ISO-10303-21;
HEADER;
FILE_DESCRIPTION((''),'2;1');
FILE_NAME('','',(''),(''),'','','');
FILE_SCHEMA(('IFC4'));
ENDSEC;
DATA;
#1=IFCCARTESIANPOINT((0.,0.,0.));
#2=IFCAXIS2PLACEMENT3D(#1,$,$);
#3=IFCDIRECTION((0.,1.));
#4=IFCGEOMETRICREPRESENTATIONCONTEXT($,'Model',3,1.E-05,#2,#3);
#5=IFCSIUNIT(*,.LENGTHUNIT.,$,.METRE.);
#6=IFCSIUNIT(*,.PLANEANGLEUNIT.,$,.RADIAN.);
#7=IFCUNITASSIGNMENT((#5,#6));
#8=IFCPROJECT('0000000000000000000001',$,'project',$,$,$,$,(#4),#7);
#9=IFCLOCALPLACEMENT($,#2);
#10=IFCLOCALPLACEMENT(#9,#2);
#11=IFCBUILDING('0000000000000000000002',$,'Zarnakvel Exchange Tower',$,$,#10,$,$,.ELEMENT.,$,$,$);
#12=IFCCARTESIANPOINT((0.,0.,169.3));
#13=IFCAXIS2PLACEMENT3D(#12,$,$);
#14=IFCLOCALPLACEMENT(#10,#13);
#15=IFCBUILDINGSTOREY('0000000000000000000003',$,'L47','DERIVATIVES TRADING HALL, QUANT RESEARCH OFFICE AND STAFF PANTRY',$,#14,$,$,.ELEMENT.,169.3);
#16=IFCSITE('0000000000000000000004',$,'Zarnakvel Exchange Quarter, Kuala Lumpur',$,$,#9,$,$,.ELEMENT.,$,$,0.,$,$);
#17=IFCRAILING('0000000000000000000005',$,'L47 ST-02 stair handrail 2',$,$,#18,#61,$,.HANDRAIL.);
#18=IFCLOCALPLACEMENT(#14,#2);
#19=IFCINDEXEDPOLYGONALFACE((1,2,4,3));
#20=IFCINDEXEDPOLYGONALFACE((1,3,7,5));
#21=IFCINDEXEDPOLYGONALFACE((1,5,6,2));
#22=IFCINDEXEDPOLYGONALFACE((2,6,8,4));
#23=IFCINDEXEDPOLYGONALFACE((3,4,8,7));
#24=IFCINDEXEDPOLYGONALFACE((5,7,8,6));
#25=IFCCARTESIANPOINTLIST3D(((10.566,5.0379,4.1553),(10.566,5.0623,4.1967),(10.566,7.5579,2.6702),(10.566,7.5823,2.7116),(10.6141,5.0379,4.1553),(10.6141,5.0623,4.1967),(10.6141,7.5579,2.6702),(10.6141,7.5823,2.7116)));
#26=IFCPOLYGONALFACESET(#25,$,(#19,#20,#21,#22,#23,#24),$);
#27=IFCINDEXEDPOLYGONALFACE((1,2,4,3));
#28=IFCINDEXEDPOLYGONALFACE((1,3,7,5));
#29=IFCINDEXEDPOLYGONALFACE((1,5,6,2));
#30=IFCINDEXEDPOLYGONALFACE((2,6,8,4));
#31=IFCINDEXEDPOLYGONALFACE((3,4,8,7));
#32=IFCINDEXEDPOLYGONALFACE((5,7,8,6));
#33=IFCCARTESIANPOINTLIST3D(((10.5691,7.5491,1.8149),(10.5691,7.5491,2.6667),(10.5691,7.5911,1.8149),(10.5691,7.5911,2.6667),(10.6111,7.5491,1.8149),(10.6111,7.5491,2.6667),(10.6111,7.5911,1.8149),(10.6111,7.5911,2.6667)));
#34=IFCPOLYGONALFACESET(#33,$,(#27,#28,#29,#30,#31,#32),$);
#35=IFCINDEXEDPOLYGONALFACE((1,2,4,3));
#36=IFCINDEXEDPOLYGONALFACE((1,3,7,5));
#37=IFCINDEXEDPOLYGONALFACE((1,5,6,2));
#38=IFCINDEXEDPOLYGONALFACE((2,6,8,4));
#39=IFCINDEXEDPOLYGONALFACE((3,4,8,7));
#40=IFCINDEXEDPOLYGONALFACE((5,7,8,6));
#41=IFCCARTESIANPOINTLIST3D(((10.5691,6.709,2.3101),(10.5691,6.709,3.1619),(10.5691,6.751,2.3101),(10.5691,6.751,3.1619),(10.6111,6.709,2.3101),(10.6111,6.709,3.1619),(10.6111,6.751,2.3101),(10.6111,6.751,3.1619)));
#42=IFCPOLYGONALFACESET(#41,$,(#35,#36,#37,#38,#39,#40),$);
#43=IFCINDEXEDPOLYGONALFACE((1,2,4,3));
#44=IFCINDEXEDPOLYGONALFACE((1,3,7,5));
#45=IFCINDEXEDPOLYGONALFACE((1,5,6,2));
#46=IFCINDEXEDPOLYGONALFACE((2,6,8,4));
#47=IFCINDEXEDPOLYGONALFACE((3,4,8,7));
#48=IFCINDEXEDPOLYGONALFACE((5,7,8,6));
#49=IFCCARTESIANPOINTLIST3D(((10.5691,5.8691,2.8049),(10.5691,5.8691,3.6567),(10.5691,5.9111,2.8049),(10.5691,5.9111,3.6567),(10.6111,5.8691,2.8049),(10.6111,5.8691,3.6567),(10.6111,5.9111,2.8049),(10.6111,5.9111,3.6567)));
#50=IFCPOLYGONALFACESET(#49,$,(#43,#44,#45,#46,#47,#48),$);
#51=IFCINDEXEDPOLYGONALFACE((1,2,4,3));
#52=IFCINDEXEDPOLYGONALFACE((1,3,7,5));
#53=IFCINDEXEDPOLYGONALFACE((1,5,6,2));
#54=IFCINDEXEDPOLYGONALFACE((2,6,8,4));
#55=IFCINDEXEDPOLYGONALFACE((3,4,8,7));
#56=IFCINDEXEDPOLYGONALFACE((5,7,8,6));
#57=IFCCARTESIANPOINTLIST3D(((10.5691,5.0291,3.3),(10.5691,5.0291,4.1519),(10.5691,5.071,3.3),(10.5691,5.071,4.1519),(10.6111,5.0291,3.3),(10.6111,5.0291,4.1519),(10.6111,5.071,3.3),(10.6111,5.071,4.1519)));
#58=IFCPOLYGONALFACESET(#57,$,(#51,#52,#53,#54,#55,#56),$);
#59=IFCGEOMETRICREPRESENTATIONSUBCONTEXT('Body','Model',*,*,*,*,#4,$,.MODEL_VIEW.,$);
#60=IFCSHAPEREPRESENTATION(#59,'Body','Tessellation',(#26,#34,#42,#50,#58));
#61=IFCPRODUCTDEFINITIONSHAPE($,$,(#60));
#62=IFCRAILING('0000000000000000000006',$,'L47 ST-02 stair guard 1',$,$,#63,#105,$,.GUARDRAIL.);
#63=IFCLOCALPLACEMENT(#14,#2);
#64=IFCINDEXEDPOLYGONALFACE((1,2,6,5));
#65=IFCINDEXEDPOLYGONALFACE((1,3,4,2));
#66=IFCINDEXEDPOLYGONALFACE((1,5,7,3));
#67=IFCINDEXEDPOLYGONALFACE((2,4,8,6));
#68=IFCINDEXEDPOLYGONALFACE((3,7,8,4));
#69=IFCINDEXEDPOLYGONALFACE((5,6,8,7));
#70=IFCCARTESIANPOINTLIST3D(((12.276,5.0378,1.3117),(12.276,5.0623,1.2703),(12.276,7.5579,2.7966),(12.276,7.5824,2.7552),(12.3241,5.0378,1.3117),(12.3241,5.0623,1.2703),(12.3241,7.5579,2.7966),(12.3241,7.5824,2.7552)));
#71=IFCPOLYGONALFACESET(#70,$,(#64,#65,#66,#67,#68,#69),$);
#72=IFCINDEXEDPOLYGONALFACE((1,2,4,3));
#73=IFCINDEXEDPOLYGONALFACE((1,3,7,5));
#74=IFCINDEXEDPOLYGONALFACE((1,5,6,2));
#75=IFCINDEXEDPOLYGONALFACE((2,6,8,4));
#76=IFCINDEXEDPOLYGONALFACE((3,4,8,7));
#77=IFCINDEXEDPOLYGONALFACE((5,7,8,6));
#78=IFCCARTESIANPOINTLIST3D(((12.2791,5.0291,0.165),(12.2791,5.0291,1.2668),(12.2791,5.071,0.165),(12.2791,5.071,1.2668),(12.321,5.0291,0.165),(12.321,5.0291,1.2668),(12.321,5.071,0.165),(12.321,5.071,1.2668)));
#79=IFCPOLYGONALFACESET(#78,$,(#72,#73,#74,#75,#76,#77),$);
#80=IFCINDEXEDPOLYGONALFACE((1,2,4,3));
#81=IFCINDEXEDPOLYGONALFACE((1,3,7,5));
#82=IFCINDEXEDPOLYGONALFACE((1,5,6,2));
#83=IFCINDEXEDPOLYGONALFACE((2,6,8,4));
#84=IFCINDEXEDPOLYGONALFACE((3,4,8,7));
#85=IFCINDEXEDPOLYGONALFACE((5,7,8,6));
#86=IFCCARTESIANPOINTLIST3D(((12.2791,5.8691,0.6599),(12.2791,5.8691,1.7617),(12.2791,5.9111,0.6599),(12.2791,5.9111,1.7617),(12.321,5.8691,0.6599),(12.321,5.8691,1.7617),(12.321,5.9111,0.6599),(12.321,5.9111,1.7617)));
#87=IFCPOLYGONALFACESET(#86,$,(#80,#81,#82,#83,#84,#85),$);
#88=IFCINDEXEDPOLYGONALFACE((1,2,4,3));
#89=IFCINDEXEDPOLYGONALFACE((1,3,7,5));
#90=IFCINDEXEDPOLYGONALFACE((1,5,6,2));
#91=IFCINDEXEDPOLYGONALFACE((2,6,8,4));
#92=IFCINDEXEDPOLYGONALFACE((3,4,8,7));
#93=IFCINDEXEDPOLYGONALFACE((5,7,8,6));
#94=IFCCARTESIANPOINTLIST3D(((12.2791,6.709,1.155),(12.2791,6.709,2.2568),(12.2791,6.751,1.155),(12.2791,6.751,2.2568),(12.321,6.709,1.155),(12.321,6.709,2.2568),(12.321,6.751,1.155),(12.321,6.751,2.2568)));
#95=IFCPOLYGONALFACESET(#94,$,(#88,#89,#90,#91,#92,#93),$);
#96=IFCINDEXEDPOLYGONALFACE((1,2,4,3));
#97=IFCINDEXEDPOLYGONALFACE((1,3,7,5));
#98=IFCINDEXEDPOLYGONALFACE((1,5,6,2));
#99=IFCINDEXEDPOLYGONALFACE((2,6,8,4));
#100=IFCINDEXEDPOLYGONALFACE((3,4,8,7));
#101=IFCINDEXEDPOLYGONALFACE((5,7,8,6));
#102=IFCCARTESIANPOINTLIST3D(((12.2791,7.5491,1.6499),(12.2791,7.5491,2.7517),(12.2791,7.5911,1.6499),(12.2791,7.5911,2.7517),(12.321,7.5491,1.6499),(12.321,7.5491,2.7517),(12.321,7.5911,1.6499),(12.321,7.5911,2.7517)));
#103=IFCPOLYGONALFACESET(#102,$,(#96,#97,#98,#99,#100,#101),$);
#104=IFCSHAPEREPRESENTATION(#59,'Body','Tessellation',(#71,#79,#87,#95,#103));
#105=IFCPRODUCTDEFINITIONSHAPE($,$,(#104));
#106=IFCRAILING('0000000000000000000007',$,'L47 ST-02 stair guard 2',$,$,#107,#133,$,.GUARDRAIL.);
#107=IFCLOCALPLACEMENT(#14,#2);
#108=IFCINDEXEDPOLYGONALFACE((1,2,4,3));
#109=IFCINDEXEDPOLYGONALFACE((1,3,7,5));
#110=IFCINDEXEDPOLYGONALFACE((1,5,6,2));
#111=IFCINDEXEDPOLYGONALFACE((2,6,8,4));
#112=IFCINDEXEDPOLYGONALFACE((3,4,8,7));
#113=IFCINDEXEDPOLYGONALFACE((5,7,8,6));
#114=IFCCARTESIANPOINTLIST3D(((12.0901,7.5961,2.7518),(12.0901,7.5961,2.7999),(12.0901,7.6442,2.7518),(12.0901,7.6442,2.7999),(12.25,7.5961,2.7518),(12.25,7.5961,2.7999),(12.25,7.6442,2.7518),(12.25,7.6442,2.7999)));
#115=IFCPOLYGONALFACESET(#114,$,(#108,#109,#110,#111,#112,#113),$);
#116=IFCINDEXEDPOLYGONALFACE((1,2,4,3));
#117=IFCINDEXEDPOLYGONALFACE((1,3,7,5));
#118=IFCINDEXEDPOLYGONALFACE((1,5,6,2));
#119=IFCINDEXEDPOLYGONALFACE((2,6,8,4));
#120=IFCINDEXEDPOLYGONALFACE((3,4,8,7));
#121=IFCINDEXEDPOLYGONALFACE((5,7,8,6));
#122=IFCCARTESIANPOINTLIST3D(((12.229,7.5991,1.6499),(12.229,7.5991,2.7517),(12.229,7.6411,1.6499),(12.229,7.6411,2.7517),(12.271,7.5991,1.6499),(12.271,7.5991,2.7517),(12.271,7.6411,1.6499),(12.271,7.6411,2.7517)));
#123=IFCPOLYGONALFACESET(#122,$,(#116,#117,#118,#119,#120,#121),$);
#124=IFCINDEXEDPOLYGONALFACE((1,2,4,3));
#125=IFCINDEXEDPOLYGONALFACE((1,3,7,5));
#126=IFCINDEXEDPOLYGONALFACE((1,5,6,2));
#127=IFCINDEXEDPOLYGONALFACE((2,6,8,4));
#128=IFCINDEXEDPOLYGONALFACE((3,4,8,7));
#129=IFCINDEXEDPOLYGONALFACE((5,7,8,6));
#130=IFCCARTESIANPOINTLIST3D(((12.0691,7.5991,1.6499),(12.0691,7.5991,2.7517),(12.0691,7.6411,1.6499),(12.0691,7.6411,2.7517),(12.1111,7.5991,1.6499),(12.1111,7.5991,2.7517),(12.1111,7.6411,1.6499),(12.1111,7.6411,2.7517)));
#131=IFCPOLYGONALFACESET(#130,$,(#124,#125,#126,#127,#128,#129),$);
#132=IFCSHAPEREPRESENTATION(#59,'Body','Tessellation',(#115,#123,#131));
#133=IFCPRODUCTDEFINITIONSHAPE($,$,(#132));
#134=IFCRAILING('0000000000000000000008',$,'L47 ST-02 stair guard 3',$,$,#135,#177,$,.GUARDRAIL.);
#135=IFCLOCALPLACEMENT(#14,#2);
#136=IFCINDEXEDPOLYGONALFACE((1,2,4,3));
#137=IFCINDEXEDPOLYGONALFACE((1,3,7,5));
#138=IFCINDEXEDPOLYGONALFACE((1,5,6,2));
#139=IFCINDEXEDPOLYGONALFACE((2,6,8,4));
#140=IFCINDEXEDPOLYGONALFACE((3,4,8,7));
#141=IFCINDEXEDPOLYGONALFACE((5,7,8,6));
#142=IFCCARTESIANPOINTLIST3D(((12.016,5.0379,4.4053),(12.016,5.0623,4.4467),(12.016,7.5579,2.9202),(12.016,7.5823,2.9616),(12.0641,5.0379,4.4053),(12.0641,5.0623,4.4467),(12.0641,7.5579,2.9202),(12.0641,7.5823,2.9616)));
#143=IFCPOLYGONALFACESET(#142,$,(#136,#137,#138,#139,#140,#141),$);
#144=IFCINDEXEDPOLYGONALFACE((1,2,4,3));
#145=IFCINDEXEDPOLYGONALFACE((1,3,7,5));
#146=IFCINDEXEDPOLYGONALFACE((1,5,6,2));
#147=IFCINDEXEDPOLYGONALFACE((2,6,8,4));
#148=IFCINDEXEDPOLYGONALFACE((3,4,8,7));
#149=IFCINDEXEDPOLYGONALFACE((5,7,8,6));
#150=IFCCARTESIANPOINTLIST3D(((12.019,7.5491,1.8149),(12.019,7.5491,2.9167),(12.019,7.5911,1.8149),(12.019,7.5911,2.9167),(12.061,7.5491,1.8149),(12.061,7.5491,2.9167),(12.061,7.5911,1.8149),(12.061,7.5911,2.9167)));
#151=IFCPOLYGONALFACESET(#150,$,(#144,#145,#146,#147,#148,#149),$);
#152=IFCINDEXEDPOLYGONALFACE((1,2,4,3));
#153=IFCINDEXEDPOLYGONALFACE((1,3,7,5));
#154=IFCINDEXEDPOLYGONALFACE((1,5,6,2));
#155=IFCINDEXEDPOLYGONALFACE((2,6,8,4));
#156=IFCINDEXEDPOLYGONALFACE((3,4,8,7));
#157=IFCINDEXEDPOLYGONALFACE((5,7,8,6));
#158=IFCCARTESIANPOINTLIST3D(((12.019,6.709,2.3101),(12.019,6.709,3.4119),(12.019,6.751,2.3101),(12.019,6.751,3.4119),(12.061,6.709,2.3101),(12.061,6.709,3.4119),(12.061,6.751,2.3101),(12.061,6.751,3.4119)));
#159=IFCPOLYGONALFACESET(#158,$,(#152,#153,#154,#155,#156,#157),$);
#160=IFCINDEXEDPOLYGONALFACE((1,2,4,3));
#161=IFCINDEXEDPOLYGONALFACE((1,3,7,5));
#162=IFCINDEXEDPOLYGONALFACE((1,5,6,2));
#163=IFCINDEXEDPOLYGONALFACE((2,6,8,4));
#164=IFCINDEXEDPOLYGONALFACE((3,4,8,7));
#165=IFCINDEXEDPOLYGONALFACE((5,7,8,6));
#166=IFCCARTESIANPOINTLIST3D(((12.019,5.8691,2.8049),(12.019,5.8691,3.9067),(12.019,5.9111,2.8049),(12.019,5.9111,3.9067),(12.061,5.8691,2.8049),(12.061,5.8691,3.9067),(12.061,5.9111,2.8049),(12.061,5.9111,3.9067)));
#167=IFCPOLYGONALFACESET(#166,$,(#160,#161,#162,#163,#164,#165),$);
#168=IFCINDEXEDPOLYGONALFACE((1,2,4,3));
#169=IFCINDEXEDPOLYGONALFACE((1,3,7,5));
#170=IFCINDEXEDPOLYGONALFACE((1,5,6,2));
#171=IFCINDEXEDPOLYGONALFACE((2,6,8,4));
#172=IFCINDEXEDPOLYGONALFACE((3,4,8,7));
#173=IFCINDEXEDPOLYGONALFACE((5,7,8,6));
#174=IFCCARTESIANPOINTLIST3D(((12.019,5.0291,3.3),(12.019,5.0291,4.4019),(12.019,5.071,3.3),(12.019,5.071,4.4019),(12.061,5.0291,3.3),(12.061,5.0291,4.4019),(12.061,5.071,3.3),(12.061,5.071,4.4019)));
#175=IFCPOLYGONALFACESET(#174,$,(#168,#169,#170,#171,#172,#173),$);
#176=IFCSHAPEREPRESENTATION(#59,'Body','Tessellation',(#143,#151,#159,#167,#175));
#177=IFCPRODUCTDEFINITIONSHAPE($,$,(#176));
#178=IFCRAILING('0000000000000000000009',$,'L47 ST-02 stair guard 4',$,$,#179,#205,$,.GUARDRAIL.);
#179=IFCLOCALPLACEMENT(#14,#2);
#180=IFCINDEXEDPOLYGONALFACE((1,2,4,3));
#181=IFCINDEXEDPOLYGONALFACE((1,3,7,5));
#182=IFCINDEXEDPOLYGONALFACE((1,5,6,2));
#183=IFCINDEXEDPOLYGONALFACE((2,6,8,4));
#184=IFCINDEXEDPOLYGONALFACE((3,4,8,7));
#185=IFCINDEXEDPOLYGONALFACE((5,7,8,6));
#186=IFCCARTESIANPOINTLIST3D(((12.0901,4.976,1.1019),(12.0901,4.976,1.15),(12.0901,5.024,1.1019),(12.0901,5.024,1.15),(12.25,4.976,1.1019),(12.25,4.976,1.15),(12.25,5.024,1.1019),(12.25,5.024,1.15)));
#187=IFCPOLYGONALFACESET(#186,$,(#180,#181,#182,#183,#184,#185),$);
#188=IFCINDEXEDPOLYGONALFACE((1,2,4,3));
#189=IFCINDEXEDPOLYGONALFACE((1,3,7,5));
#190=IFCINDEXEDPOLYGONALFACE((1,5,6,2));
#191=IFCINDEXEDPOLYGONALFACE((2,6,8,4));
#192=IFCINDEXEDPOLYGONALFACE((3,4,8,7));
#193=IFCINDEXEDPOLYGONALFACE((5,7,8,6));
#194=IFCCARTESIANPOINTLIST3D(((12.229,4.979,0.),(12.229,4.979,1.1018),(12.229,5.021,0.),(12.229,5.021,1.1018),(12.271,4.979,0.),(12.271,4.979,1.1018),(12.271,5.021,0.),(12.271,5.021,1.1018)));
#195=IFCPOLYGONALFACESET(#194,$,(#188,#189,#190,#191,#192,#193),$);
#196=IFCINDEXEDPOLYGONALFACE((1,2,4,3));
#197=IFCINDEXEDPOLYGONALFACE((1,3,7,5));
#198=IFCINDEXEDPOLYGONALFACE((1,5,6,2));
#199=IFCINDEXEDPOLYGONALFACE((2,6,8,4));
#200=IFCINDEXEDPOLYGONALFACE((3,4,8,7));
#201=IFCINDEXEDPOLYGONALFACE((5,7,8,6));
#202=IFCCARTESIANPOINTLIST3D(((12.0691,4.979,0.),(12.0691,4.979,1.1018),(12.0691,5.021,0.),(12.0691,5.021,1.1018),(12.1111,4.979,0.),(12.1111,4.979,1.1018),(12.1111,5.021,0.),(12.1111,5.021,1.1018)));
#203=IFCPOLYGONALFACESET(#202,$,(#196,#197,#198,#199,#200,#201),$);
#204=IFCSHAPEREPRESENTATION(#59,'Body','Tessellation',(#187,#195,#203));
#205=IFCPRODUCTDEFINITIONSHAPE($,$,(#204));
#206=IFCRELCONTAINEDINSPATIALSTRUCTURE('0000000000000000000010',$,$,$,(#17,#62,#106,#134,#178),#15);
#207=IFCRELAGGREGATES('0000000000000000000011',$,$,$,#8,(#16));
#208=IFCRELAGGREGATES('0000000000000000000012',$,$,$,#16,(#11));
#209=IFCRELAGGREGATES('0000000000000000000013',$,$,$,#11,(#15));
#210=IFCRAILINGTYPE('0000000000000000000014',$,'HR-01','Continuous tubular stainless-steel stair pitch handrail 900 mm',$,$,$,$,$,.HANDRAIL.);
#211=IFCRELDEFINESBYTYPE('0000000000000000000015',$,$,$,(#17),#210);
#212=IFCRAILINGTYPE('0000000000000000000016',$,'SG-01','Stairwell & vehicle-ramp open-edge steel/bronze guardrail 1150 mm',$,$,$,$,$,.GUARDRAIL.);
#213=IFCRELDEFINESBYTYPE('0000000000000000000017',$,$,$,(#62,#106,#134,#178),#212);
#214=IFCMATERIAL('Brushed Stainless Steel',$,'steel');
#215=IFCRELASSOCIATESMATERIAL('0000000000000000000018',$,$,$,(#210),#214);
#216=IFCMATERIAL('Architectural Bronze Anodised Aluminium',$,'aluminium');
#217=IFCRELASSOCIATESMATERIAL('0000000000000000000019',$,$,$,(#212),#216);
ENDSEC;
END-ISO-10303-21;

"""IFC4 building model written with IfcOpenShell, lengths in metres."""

from ifc_helpers import new_model, si_unit, direction, frame, origin, origin_2d, place, context, subcontext, project, spatial, rectangle, extrude, material, type_object, element, save


model = new_model("IFC4")

# Units and contexts
model_context = context("Model", 3, precision=1e-05, world=origin(), true_north=direction((0.0, 1.0)))
body_context = subcontext(model_context, "Body", "Model", "MODEL_VIEW")
ifc_project = project(units=[si_unit("LENGTHUNIT", "METRE"), si_unit("PLANEANGLEUNIT", "RADIAN")], contexts=[model_context])

# Site, building, storey
site_placement = place(None, origin())
site = spatial("IfcSite", under=ifc_project, at=site_placement, Name="Zarnakvel Exchange Quarter, Kuala Lumpur", CompositionType="ELEMENT", RefElevation=0.0)
building_placement = place(site_placement, origin())
building = spatial("IfcBuilding", under=site, at=building_placement, Name="Zarnakvel Exchange Tower", CompositionType="ELEMENT")
storey_placement = place(building_placement, frame((0.0, 0.0, 169.3)))
storey = spatial("IfcBuildingStorey", under=building, at=storey_placement, Name="L47", Description="DERIVATIVES TRADING HALL, QUANT RESEARCH OFFICE AND STAFF PANTRY", CompositionType="ELEMENT", Elevation=169.3)

# Shared definitions
ifc_material_1 = material(Name="Architectural Bronze Anodised Aluminium", Category="aluminium")

# Shared definitions
ifc_material_2 = material(Name="Brushed Stainless Steel", Category="steel")

# Railings
railing_type_1 = type_object("IfcRailingType", Name="HR-01", Description="Continuous tubular stainless-steel stair pitch handrail 900 mm", PredefinedType="HANDRAIL", material=ifc_material_2)
railing_1_placement = place(storey_placement, frame((10.5901, 7.5701, 1.8149)))
element("IfcRailing", 1, at=railing_1_placement, inside=storey, type_object=railing_type_1, Name="L47 ST-02 stair handrail 2", PredefinedType="HANDRAIL", context=body_context, shape_type="SweptSolid", body=[
    extrude(rectangle(XDim=0.0481, YDim=0.0481, at=origin_2d()), frame((0.0, 0.0, 0.876), z_axis=(0.0, -0.861524, 0.507717), x_axis=(1.0, 0.0, 0.0)), (0.0, 0.0, 1.0), 2.925),
    extrude(rectangle(XDim=0.042, YDim=0.042, at=origin_2d()), origin(), (0.0, 0.0, 1.0), 0.8518),
    extrude(rectangle(XDim=0.042, YDim=0.042, at=origin_2d()), frame((0.0, -0.8401, 0.4951)), (0.0, 0.0, 1.0), 0.8518),
    extrude(rectangle(XDim=0.042, YDim=0.042, at=origin_2d()), frame((0.0, -1.6799, 0.99)), (0.0, 0.0, 1.0), 0.8518),
    extrude(rectangle(XDim=0.042, YDim=0.042, at=origin_2d()), frame((0.0, -2.52, 1.4851)), (0.0, 0.0, 1.0), 0.8518),
])
railing_type_2 = type_object("IfcRailingType", Name="SG-01", Description="Stairwell & vehicle-ramp open-edge steel/bronze guardrail 1150 mm", PredefinedType="GUARDRAIL", material=ifc_material_1)
railing_2_placement = place(storey_placement, frame((12.3, 5.05, 0.165)))
element("IfcRailing", 2, at=railing_2_placement, inside=storey, type_object=railing_type_2, Name="L47 ST-02 stair guard 1", PredefinedType="GUARDRAIL", context=body_context, shape_type="SweptSolid", body=[
    extrude(rectangle(XDim=0.0481, YDim=0.0481, at=origin_2d()), frame((0.0, 0.0, 1.126), z_axis=(0.0, 0.861561, 0.507655), x_axis=(-1.0, 0.0, 0.0)), (0.0, 0.0, 1.0), 2.925),
    extrude(rectangle(XDim=0.042, YDim=0.042, at=origin_2d()), origin(), (0.0, 0.0, 1.0), 1.1018),
    extrude(rectangle(XDim=0.042, YDim=0.042, at=origin_2d()), frame((0.0, 0.8401, 0.4949)), (0.0, 0.0, 1.0), 1.1018),
    extrude(rectangle(XDim=0.042, YDim=0.042, at=origin_2d()), frame((0.0, 1.6799, 0.99)), (0.0, 0.0, 1.0), 1.1018),
    extrude(rectangle(XDim=0.042, YDim=0.042, at=origin_2d()), frame((0.0, 2.52, 1.4849)), (0.0, 0.0, 1.0), 1.1018),
])
railing_3_placement = place(storey_placement, frame((12.25, 7.6201, 1.6499)))
element("IfcRailing", 3, at=railing_3_placement, inside=storey, type_object=railing_type_2, Name="L47 ST-02 stair guard 2", PredefinedType="GUARDRAIL", context=body_context, shape_type="SweptSolid", body=[
    extrude(rectangle(XDim=0.0481, YDim=0.0481, at=origin_2d()), frame((0.0, 0.0, 1.126), z_axis=(-1.0, 0.0, 0.0), x_axis=(0.0, -1.0, 0.0)), (0.0, 0.0, 1.0), 0.1599),
    extrude(rectangle(XDim=0.042, YDim=0.042, at=origin_2d()), origin(), (0.0, 0.0, 1.0), 1.1018),
    extrude(rectangle(XDim=0.042, YDim=0.042, at=origin_2d()), frame((-0.1599, 0.0, 0.0)), (0.0, 0.0, 1.0), 1.1018),
])
railing_4_placement = place(storey_placement, frame((12.04, 7.5701, 1.8149)))
element("IfcRailing", 4, at=railing_4_placement, inside=storey, type_object=railing_type_2, Name="L47 ST-02 stair guard 3", PredefinedType="GUARDRAIL", context=body_context, shape_type="SweptSolid", body=[
    extrude(rectangle(XDim=0.0481, YDim=0.0481, at=origin_2d()), frame((0.0, 0.0, 1.126), z_axis=(0.0, -0.861524, 0.507717), x_axis=(1.0, 0.0, 0.0)), (0.0, 0.0, 1.0), 2.925),
    extrude(rectangle(XDim=0.042, YDim=0.042, at=origin_2d()), origin(), (0.0, 0.0, 1.0), 1.1018),
    extrude(rectangle(XDim=0.042, YDim=0.042, at=origin_2d()), frame((0.0, -0.8401, 0.4951)), (0.0, 0.0, 1.0), 1.1018),
    extrude(rectangle(XDim=0.042, YDim=0.042, at=origin_2d()), frame((0.0, -1.6799, 0.99)), (0.0, 0.0, 1.0), 1.1018),
    extrude(rectangle(XDim=0.042, YDim=0.042, at=origin_2d()), frame((0.0, -2.52, 1.4851)), (0.0, 0.0, 1.0), 1.1018),
])
railing_5_placement = place(storey_placement, frame((12.25, 5.0, 0.0)))
element("IfcRailing", 5, at=railing_5_placement, inside=storey, type_object=railing_type_2, Name="L47 ST-02 stair guard 4", PredefinedType="GUARDRAIL", context=body_context, shape_type="SweptSolid", body=[
    extrude(rectangle(XDim=0.0481, YDim=0.0481, at=origin_2d()), frame((0.0, 0.0, 1.126), z_axis=(-1.0, 0.0, 0.0), x_axis=(0.0, -1.0, 0.0)), (0.0, 0.0, 1.0), 0.1599),
    extrude(rectangle(XDim=0.042, YDim=0.042, at=origin_2d()), origin(), (0.0, 0.0, 1.0), 1.1018),
    extrude(rectangle(XDim=0.042, YDim=0.042, at=origin_2d()), frame((-0.1599, 0.0, 0.0)), (0.0, 0.0, 1.0), 1.1018),
])

save(model, "model.ifc")
